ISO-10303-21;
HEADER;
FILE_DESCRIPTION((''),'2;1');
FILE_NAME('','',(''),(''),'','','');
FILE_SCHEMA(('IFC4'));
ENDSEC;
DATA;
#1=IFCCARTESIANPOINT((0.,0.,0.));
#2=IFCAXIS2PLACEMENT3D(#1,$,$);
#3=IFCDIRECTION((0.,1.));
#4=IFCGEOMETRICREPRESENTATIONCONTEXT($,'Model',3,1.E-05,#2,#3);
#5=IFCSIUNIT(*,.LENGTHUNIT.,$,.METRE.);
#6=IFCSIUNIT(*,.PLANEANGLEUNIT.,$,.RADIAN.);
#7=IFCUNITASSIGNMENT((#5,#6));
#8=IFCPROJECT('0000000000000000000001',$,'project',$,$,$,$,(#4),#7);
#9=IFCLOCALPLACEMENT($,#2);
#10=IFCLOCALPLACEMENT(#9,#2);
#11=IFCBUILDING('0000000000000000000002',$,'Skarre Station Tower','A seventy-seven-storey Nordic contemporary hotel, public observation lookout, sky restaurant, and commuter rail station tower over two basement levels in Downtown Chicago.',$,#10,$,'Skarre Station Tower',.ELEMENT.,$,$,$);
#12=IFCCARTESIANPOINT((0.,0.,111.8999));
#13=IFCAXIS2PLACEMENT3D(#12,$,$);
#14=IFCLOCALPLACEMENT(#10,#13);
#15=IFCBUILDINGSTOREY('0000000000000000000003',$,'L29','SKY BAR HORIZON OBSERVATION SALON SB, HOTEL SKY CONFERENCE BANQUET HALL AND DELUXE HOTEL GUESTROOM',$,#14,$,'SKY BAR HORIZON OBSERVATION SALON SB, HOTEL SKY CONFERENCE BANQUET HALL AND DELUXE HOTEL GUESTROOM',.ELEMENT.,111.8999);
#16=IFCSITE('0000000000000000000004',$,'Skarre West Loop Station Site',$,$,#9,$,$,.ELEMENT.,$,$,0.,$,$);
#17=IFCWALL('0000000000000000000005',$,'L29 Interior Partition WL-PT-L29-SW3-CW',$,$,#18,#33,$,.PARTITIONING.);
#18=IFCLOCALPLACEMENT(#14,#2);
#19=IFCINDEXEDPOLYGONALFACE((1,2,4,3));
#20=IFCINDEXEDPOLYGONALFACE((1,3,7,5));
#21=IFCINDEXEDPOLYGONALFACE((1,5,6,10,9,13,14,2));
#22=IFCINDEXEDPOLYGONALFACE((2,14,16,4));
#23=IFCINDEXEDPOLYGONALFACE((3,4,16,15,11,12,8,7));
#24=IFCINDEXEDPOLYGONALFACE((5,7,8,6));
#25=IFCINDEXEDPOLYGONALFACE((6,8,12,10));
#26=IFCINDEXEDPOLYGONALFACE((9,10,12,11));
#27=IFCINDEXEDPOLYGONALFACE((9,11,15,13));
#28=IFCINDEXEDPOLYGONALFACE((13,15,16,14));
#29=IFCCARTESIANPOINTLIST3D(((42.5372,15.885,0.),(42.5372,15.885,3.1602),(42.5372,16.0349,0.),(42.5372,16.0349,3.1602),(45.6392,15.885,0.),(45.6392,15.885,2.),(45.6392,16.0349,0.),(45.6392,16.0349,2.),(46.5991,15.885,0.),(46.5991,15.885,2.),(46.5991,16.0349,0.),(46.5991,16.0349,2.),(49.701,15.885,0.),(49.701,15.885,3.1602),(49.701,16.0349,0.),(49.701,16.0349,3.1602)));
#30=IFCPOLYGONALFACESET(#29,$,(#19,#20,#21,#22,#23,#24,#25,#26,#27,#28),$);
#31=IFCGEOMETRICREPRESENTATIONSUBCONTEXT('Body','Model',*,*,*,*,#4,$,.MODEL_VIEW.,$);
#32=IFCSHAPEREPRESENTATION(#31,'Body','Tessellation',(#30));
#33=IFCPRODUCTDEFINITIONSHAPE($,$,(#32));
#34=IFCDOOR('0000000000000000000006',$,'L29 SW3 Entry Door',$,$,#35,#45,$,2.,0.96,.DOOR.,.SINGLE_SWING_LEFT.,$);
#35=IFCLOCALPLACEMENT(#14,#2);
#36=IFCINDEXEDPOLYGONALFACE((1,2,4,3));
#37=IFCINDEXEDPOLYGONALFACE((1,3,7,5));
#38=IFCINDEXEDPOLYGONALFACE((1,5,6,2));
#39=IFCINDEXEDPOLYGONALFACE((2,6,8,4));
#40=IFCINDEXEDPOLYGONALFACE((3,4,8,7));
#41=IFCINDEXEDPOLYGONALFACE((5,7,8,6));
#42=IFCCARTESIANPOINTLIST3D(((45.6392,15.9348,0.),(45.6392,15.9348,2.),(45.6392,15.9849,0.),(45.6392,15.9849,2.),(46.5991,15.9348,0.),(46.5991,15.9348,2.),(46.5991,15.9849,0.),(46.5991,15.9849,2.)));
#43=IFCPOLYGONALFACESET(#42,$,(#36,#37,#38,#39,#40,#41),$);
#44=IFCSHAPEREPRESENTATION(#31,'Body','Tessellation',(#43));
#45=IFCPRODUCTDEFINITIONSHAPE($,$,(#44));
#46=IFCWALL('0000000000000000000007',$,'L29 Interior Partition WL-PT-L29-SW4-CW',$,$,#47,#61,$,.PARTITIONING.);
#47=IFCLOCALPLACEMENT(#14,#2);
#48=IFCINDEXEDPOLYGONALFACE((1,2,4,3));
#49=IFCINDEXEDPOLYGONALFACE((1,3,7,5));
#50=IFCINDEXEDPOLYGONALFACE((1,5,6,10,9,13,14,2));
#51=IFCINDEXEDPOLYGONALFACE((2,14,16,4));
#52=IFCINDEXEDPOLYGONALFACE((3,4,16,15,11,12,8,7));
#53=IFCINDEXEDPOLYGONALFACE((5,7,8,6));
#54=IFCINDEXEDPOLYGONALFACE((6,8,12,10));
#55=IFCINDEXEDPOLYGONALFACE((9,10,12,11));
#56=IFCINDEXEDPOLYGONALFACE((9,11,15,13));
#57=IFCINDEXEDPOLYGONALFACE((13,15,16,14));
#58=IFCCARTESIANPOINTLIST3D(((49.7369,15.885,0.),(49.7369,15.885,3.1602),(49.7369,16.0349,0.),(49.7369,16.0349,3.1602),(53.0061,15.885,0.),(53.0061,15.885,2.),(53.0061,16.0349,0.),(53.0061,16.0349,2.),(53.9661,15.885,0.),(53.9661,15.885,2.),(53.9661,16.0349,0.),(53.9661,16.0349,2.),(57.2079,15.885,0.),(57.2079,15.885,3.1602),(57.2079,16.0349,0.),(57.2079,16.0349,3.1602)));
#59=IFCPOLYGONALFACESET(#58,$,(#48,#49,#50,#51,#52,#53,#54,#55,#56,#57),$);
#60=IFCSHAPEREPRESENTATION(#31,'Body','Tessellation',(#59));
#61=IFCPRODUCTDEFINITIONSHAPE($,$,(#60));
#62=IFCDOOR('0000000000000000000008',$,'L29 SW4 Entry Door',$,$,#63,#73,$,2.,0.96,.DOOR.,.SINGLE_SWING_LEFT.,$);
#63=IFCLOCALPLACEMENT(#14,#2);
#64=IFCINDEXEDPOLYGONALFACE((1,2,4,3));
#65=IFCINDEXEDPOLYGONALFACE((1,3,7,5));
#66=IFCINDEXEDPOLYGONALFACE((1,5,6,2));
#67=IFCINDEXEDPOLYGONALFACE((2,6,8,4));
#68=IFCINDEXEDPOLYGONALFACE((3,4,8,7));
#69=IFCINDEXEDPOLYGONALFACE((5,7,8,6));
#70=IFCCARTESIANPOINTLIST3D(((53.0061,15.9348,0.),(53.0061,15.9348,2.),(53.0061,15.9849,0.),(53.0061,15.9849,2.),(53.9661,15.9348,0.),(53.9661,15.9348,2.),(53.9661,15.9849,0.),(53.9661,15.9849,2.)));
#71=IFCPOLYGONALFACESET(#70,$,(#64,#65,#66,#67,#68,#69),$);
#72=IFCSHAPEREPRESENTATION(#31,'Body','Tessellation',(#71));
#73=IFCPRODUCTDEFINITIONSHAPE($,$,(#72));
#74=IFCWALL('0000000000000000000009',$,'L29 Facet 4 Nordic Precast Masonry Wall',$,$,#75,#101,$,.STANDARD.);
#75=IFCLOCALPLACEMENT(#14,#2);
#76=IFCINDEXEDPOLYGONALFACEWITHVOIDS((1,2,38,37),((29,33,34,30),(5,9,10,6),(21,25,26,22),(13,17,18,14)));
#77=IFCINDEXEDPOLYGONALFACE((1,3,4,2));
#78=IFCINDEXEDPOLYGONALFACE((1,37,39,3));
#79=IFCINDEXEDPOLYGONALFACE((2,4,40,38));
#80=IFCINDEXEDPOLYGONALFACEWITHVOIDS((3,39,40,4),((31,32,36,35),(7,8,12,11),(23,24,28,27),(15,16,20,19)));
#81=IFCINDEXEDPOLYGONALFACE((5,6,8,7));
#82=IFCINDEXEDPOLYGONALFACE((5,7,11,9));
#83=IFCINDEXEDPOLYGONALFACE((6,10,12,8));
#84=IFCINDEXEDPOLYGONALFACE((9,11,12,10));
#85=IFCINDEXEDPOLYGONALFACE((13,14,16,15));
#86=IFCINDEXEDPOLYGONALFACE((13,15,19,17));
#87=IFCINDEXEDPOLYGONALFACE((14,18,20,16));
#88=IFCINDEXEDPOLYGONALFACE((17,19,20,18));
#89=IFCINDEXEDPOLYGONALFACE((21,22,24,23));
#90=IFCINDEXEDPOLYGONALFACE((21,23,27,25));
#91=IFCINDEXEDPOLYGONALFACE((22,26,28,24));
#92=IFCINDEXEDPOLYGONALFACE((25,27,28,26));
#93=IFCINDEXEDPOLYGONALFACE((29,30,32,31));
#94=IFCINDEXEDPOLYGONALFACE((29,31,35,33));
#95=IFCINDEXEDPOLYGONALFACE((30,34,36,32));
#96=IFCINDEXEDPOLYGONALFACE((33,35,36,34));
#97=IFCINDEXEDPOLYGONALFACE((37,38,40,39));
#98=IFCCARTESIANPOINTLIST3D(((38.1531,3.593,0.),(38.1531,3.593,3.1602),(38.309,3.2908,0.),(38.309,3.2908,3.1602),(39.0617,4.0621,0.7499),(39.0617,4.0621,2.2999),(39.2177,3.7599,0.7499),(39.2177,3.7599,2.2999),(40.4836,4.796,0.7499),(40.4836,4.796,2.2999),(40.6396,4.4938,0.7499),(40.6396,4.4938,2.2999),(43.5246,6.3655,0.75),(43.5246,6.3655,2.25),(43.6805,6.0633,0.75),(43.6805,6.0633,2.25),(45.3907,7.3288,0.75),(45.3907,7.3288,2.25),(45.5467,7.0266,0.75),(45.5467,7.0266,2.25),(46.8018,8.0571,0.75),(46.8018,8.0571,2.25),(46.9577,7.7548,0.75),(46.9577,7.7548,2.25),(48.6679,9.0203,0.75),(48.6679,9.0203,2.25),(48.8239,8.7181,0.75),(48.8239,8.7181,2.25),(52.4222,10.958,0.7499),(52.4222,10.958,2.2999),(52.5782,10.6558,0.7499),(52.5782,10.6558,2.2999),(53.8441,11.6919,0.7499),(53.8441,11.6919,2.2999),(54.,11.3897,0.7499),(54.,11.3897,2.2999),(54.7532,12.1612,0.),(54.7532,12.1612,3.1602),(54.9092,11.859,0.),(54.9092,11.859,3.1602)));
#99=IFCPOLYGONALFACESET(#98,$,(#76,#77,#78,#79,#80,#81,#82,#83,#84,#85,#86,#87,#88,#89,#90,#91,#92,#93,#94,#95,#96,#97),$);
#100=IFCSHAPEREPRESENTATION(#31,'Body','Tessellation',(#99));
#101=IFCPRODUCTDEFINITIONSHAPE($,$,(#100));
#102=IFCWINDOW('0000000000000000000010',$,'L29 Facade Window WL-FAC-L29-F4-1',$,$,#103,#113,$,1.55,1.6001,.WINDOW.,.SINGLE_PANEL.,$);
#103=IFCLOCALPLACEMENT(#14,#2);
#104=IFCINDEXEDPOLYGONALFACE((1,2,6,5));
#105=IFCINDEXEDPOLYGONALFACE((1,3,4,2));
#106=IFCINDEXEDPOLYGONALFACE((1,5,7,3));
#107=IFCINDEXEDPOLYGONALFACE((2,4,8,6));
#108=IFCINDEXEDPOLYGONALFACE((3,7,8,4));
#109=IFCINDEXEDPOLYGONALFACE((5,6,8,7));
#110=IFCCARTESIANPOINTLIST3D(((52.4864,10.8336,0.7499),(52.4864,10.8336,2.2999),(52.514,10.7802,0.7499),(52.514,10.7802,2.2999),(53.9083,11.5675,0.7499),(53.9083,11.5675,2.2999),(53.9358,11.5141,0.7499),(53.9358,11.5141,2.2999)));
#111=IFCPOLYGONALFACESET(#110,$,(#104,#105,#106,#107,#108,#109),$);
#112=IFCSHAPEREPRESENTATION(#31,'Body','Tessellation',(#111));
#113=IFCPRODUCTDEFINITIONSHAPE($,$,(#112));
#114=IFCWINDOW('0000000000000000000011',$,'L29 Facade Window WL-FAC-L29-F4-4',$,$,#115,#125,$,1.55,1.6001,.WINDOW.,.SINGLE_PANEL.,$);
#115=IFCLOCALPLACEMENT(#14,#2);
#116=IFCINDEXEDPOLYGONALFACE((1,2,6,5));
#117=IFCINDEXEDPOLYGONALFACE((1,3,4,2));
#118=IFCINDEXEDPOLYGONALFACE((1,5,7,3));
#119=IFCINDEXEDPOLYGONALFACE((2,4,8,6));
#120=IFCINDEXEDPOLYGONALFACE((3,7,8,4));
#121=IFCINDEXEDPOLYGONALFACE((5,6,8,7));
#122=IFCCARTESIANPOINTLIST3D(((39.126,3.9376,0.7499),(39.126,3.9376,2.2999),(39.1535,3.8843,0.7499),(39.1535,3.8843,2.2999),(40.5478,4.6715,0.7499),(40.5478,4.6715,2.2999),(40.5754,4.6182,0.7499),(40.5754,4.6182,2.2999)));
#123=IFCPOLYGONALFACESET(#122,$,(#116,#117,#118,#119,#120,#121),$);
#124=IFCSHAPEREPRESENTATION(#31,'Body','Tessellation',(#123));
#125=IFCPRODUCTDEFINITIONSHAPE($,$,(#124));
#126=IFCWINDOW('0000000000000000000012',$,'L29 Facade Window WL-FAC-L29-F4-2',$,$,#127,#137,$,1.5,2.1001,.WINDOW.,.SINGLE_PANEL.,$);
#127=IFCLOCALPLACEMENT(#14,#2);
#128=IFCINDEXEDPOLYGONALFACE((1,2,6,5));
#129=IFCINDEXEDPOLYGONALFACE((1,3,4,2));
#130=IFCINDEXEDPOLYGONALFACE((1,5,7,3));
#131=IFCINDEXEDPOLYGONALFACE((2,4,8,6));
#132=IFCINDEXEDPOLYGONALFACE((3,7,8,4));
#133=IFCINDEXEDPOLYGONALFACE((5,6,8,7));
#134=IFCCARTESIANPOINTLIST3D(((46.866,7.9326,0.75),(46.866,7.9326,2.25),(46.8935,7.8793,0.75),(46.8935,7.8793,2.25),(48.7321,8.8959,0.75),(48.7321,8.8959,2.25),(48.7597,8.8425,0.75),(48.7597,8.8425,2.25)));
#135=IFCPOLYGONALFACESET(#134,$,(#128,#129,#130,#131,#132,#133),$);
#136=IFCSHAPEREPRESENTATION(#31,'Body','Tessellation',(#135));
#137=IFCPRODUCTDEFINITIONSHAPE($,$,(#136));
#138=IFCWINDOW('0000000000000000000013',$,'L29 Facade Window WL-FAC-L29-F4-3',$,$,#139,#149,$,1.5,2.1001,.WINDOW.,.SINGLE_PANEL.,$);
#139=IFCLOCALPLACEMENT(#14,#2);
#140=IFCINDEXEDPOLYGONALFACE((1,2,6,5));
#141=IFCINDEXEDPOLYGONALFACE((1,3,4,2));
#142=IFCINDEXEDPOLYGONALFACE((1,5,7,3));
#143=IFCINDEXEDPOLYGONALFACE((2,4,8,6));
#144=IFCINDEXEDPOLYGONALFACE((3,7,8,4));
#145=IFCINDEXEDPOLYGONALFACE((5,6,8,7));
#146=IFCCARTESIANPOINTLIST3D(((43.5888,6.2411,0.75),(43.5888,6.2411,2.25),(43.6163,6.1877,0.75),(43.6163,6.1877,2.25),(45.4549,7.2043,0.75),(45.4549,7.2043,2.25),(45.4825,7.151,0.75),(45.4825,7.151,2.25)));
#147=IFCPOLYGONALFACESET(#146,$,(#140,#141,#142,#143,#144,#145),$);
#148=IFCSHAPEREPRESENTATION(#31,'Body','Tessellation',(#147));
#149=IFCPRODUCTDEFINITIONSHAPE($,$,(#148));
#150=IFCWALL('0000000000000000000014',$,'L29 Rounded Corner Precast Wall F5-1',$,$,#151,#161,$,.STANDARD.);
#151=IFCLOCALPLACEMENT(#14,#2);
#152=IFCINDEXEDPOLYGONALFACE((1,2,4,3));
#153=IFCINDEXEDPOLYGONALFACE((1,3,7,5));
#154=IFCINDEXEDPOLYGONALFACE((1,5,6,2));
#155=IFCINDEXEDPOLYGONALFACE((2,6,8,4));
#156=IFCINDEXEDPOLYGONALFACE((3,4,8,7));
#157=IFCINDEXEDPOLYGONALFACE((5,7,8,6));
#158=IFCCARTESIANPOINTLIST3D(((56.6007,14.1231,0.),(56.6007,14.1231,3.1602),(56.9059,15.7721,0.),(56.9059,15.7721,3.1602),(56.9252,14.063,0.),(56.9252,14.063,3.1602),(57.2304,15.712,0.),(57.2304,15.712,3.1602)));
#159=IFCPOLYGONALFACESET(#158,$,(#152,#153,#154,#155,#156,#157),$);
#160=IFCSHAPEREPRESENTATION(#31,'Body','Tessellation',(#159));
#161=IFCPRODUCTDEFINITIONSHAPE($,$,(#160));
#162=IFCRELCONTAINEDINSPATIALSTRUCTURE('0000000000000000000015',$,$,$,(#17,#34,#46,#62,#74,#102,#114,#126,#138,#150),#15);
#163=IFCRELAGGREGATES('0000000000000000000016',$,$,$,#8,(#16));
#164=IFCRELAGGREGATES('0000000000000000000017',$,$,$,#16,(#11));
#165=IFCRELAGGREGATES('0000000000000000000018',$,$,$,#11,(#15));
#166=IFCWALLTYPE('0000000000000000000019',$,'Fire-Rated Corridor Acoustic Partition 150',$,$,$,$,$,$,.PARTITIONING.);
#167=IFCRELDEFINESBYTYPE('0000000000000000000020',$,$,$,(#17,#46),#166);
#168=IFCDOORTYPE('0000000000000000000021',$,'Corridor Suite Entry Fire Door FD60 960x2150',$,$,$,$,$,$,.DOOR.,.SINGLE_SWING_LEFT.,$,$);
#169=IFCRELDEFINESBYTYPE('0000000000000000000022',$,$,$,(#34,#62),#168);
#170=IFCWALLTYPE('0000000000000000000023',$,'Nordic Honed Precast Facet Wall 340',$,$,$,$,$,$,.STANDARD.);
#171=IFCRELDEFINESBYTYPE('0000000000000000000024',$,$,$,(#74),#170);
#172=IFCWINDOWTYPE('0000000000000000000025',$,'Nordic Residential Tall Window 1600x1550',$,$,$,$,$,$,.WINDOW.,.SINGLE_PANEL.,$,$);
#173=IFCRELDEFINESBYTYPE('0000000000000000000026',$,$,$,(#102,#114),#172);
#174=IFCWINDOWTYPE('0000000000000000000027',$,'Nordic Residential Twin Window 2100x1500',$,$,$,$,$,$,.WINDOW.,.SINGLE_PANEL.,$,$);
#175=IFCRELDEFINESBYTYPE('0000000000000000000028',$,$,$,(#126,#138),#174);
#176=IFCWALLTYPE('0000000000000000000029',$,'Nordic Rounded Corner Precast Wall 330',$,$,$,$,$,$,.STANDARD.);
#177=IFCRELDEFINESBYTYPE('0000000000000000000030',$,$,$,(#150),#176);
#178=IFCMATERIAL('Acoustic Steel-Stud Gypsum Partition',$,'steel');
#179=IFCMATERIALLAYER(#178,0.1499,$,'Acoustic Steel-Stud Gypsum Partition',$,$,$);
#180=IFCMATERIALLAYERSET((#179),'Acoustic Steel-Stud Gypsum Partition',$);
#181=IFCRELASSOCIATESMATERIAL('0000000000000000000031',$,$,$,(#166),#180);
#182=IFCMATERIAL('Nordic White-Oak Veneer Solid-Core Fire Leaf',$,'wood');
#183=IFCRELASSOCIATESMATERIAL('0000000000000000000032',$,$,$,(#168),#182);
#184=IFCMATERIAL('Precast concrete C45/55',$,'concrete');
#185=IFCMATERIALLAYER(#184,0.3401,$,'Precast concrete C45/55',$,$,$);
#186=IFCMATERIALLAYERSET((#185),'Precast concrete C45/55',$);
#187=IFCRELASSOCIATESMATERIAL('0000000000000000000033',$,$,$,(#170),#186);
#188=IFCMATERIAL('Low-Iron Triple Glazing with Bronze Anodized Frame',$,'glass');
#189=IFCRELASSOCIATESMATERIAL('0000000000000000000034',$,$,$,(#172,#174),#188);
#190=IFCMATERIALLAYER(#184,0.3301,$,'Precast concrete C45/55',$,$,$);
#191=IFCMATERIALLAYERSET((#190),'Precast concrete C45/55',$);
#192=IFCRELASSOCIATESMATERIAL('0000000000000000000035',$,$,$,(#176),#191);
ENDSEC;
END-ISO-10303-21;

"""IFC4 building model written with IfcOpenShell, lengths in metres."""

from ifc_helpers import new_model, si_unit, direction, frame, frame_2d, origin, place, context, subcontext, project, spatial, rectangle, extrude, material, layer, layer_set, type_object, element, fill, save


model = new_model("IFC4")

# Units and contexts
model_context = context("Model", 3, precision=1e-05, world=origin(), true_north=direction((0.0, 1.0)))
body_context = subcontext(model_context, "Body", "Model", "MODEL_VIEW")
ifc_project = project(units=[si_unit("LENGTHUNIT", "METRE"), si_unit("PLANEANGLEUNIT", "RADIAN")], contexts=[model_context])

# Site, building, storey
site_placement = place(None, origin())
site = spatial("IfcSite", under=ifc_project, at=site_placement, Name="Skarre West Loop Station Site", CompositionType="ELEMENT", RefElevation=0.0)
building_placement = place(site_placement, origin())
building = spatial("IfcBuilding", under=site, at=building_placement, Name="Skarre Station Tower", Description="A seventy-seven-storey Nordic contemporary hotel, public observation lookout, sky restaurant, and commuter rail station tower over two basement levels in Downtown Chicago.", LongName="Skarre Station Tower", CompositionType="ELEMENT")
storey_placement = place(building_placement, frame((0.0, 0.0, 111.8999)))
storey = spatial("IfcBuildingStorey", under=building, at=storey_placement, Name="L29", Description="SKY BAR HORIZON OBSERVATION SALON SB, HOTEL SKY CONFERENCE BANQUET HALL AND DELUXE HOTEL GUESTROOM", LongName="SKY BAR HORIZON OBSERVATION SALON SB, HOTEL SKY CONFERENCE BANQUET HALL AND DELUXE HOTEL GUESTROOM", CompositionType="ELEMENT", Elevation=111.8999)

# Walls, openings, doors
ifc_material_1 = material(Name="Acoustic Steel-Stud Gypsum Partition", Category="steel")
ifc_layer_1 = layer(ifc_material_1, 0.1499, Name="Acoustic Steel-Stud Gypsum Partition")
ifc_layer_set_1 = layer_set([ifc_layer_1], Name="Acoustic Steel-Stud Gypsum Partition")
wall_type_1 = type_object("IfcWallType", Name="Fire-Rated Corridor Acoustic Partition 150", PredefinedType="PARTITIONING", material=ifc_layer_set_1)
ifc_material_2 = material(Name="Nordic White-Oak Veneer Solid-Core Fire Leaf", Category="wood")
door_type = type_object("IfcDoorType", Name="Corridor Suite Entry Fire Door FD60 960x2150", OperationType="SINGLE_SWING_LEFT", PredefinedType="DOOR", material=ifc_material_2)
wall_1_placement = place(storey_placement, frame((42.5371, 15.96, 0.0), z_axis=(0.0, 0.0, 1.0), x_axis=(1.0, 0.0, 0.0)))
wall_1 = element("IfcWall", 1, at=wall_1_placement, inside=storey, type_object=wall_type_1, Name="L29 Interior Partition WL-PT-L29-SW3-CW", PredefinedType="PARTITIONING", context=body_context, shape_type="SweptSolid", body=[
    extrude(rectangle(XDim=7.1638, YDim=0.1499, at=frame_2d((3.582, 0.0))), origin(), (0.0, 0.0, 1.0), 3.1602),
])
opening_1_placement = place(wall_1_placement, frame((3.1021, 0.0, 0.0)))
opening_1 = element("IfcOpeningElement", 2, at=opening_1_placement, cuts=wall_1, PredefinedType="OPENING", context=body_context, shape_type="SweptSolid", body=[
    extrude(rectangle(XDim=0.96, YDim=2.0, at=frame_2d((0.48, 1.0))), frame((0.0, 0.085, 0.0), z_axis=(0.0, -1.0, 0.0), x_axis=(1.0, 0.0, 0.0)), (0.0, 0.0, 1.0), 0.1699),
])
door_1_placement = place(opening_1_placement, origin())
door_1 = element("IfcDoor", 3, at=door_1_placement, inside=storey, type_object=door_type, Name="L29 SW3 Entry Door", OperationType="SINGLE_SWING_LEFT", OverallHeight=2.0, OverallWidth=0.96, PredefinedType="DOOR", context=body_context, shape_type="SweptSolid", body=[
    extrude(rectangle(XDim=0.96, YDim=2.0, at=frame_2d((0.48, 1.0))), frame((0.0, 0.0249, 0.0), z_axis=(0.0, -1.0, 0.0), x_axis=(1.0, 0.0, 0.0)), (0.0, 0.0, 1.0), 0.05),
])
fill(opening_1, door_1)
wall_2_placement = place(storey_placement, frame((49.7371, 15.96, 0.0), z_axis=(0.0, 0.0, 1.0), x_axis=(1.0, 0.0, 0.0)))
wall_2 = element("IfcWall", 4, at=wall_2_placement, inside=storey, type_object=wall_type_1, Name="L29 Interior Partition WL-PT-L29-SW4-CW", PredefinedType="PARTITIONING", context=body_context, shape_type="SweptSolid", body=[
    extrude(rectangle(XDim=7.4709, YDim=0.1499, at=frame_2d((3.7354, 0.0))), origin(), (0.0, 0.0, 1.0), 3.1602),
])
opening_2_placement = place(wall_2_placement, frame((3.269, 0.0, 0.0)))
opening_2 = element("IfcOpeningElement", 5, at=opening_2_placement, cuts=wall_2, PredefinedType="OPENING", context=body_context, shape_type="SweptSolid", body=[
    extrude(rectangle(XDim=0.96, YDim=2.0, at=frame_2d((0.48, 1.0))), frame((0.0, 0.085, 0.0), z_axis=(0.0, -1.0, 0.0), x_axis=(1.0, 0.0, 0.0)), (0.0, 0.0, 1.0), 0.1699),
])
door_2_placement = place(opening_2_placement, origin())
door_2 = element("IfcDoor", 6, at=door_2_placement, inside=storey, type_object=door_type, Name="L29 SW4 Entry Door", OperationType="SINGLE_SWING_LEFT", OverallHeight=2.0, OverallWidth=0.96, PredefinedType="DOOR", context=body_context, shape_type="SweptSolid", body=[
    extrude(rectangle(XDim=0.96, YDim=2.0, at=frame_2d((0.48, 1.0))), frame((0.0, 0.0249, 0.0), z_axis=(0.0, -1.0, 0.0), x_axis=(1.0, 0.0, 0.0)), (0.0, 0.0, 1.0), 0.05),
])
fill(opening_2, door_2)

# Wall, openings, windows
ifc_material_3 = material(Name="Precast concrete C45/55", Category="concrete")
ifc_layer_2 = layer(ifc_material_3, 0.3401, Name="Precast concrete C45/55")
ifc_layer_set_2 = layer_set([ifc_layer_2], Name="Precast concrete C45/55")
wall_type_2 = type_object("IfcWallType", Name="Nordic Honed Precast Facet Wall 340", PredefinedType="STANDARD", material=ifc_layer_set_2)
wall_3_placement = place(storey_placement, frame((54.8311, 12.01, 0.0), z_axis=(0.0, 0.0, 1.0), x_axis=(-0.888614, -0.458657, 0.0)))
wall_3 = element("IfcWall", 7, at=wall_3_placement, inside=storey, type_object=wall_type_2, Name="L29 Facet 4 Nordic Precast Masonry Wall", PredefinedType="STANDARD", context=body_context, shape_type="SweptSolid", body=[
    extrude(rectangle(XDim=18.6809, YDim=0.3401, at=frame_2d((9.3403, 0.0))), origin(), (0.0, 0.0, 1.0), 3.1602),
])
opening_3_placement = place(wall_3_placement, frame((1.0229, 0.0, 0.75)))
opening_3 = element("IfcOpeningElement", 8, at=opening_3_placement, cuts=wall_3, PredefinedType="OPENING", context=body_context, shape_type="SweptSolid", body=[
    extrude(rectangle(XDim=1.6001, YDim=1.55, at=frame_2d((0.8, 0.7749))), frame((0.0, 0.1799, 0.0), z_axis=(0.0, -1.0, 0.0), x_axis=(1.0, 0.0, 0.0)), (0.0, 0.0, 1.0), 0.3601),
])
opening_4_placement = place(wall_3_placement, frame((6.8479, 0.0, 0.75)))
opening_4 = element("IfcOpeningElement", 9, at=opening_4_placement, cuts=wall_3, PredefinedType="OPENING", context=body_context, shape_type="SweptSolid", body=[
    extrude(rectangle(XDim=2.1001, YDim=1.5, at=frame_2d((1.05, 0.75))), frame((0.0, 0.1799, 0.0), z_axis=(0.0, -1.0, 0.0), x_axis=(1.0, 0.0, 0.0)), (0.0, 0.0, 1.0), 0.3601),
])
opening_5_placement = place(wall_3_placement, frame((10.5359, 0.0, 0.75)))
opening_5 = element("IfcOpeningElement", 10, at=opening_5_placement, cuts=wall_3, PredefinedType="OPENING", context=body_context, shape_type="SweptSolid", body=[
    extrude(rectangle(XDim=2.1001, YDim=1.5, at=frame_2d((1.05, 0.75))), frame((0.0, 0.1799, 0.0), z_axis=(0.0, -1.0, 0.0), x_axis=(1.0, 0.0, 0.0)), (0.0, 0.0, 1.0), 0.3601),
])
opening_6_placement = place(wall_3_placement, frame((16.0581, 0.0, 0.75)))
opening_6 = element("IfcOpeningElement", 11, at=opening_6_placement, cuts=wall_3, PredefinedType="OPENING", context=body_context, shape_type="SweptSolid", body=[
    extrude(rectangle(XDim=1.6001, YDim=1.55, at=frame_2d((0.8, 0.7749))), frame((0.0, 0.1799, 0.0), z_axis=(0.0, -1.0, 0.0), x_axis=(1.0, 0.0, 0.0)), (0.0, 0.0, 1.0), 0.3601),
])
ifc_material_4 = material(Name="Low-Iron Triple Glazing with Bronze Anodized Frame", Category="glass")
window_type_1 = type_object("IfcWindowType", Name="Nordic Residential Tall Window 1600x1550", PartitioningType="SINGLE_PANEL", PredefinedType="WINDOW", material=ifc_material_4)
window_1_placement = place(opening_3_placement, origin())
window_1 = element("IfcWindow", 12, at=window_1_placement, inside=storey, type_object=window_type_1, Name="L29 Facade Window WL-FAC-L29-F4-1", OverallHeight=1.55, OverallWidth=1.6001, PartitioningType="SINGLE_PANEL", PredefinedType="WINDOW", context=body_context, shape_type="SweptSolid", body=[
    extrude(rectangle(XDim=1.6001, YDim=1.55, at=frame_2d((0.8, 0.7749))), frame((0.0, 0.03, 0.0), z_axis=(0.0, -1.0, 0.0), x_axis=(1.0, 0.0, 0.0)), (0.0, 0.0, 1.0), 0.0601),
])
fill(opening_3, window_1)
window_2_placement = place(opening_6_placement, origin())
window_2 = element("IfcWindow", 13, at=window_2_placement, inside=storey, type_object=window_type_1, Name="L29 Facade Window WL-FAC-L29-F4-4", OverallHeight=1.55, OverallWidth=1.6001, PartitioningType="SINGLE_PANEL", PredefinedType="WINDOW", context=body_context, shape_type="SweptSolid", body=[
    extrude(rectangle(XDim=1.6001, YDim=1.55, at=frame_2d((0.8, 0.7749))), frame((0.0, 0.03, 0.0), z_axis=(0.0, -1.0, 0.0), x_axis=(1.0, 0.0, 0.0)), (0.0, 0.0, 1.0), 0.0601),
])
fill(opening_6, window_2)
window_type_2 = type_object("IfcWindowType", Name="Nordic Residential Twin Window 2100x1500", PartitioningType="SINGLE_PANEL", PredefinedType="WINDOW", material=ifc_material_4)
window_3_placement = place(opening_4_placement, origin())
window_3 = element("IfcWindow", 14, at=window_3_placement, inside=storey, type_object=window_type_2, Name="L29 Facade Window WL-FAC-L29-F4-2", OverallHeight=1.5, OverallWidth=2.1001, PartitioningType="SINGLE_PANEL", PredefinedType="WINDOW", context=body_context, shape_type="SweptSolid", body=[
    extrude(rectangle(XDim=2.1001, YDim=1.5, at=frame_2d((1.05, 0.75))), frame((0.0, 0.03, 0.0), z_axis=(0.0, -1.0, 0.0), x_axis=(1.0, 0.0, 0.0)), (0.0, 0.0, 1.0), 0.0601),
])
fill(opening_4, window_3)
window_4_placement = place(opening_5_placement, origin())
window_4 = element("IfcWindow", 15, at=window_4_placement, inside=storey, type_object=window_type_2, Name="L29 Facade Window WL-FAC-L29-F4-3", OverallHeight=1.5, OverallWidth=2.1001, PartitioningType="SINGLE_PANEL", PredefinedType="WINDOW", context=body_context, shape_type="SweptSolid", body=[
    extrude(rectangle(XDim=2.1001, YDim=1.5, at=frame_2d((1.05, 0.75))), frame((0.0, 0.03, 0.0), z_axis=(0.0, -1.0, 0.0), x_axis=(1.0, 0.0, 0.0)), (0.0, 0.0, 1.0), 0.0601),
])
fill(opening_5, window_4)

# Wall
ifc_layer_3 = layer(ifc_material_3, 0.3301, Name="Precast concrete C45/55")
ifc_layer_set_3 = layer_set([ifc_layer_3], Name="Precast concrete C45/55")
wall_type_3 = type_object("IfcWallType", Name="Nordic Rounded Corner Precast Wall 330", PredefinedType="STANDARD", material=ifc_layer_set_3)
wall_4_placement = place(storey_placement, frame((57.0681, 15.7419, 0.0), z_axis=(0.0, 0.0, 1.0), x_axis=(-0.181985, -0.983301, 0.0)))
element("IfcWall", 16, at=wall_4_placement, inside=storey, type_object=wall_type_3, Name="L29 Rounded Corner Precast Wall F5-1", PredefinedType="STANDARD", context=body_context, shape_type="SweptSolid", body=[
    extrude(rectangle(XDim=1.677, YDim=0.3301, at=frame_2d((0.8384, 0.0))), origin(), (0.0, 0.0, 1.0), 3.1602),
])

save(model, "model.ifc")
